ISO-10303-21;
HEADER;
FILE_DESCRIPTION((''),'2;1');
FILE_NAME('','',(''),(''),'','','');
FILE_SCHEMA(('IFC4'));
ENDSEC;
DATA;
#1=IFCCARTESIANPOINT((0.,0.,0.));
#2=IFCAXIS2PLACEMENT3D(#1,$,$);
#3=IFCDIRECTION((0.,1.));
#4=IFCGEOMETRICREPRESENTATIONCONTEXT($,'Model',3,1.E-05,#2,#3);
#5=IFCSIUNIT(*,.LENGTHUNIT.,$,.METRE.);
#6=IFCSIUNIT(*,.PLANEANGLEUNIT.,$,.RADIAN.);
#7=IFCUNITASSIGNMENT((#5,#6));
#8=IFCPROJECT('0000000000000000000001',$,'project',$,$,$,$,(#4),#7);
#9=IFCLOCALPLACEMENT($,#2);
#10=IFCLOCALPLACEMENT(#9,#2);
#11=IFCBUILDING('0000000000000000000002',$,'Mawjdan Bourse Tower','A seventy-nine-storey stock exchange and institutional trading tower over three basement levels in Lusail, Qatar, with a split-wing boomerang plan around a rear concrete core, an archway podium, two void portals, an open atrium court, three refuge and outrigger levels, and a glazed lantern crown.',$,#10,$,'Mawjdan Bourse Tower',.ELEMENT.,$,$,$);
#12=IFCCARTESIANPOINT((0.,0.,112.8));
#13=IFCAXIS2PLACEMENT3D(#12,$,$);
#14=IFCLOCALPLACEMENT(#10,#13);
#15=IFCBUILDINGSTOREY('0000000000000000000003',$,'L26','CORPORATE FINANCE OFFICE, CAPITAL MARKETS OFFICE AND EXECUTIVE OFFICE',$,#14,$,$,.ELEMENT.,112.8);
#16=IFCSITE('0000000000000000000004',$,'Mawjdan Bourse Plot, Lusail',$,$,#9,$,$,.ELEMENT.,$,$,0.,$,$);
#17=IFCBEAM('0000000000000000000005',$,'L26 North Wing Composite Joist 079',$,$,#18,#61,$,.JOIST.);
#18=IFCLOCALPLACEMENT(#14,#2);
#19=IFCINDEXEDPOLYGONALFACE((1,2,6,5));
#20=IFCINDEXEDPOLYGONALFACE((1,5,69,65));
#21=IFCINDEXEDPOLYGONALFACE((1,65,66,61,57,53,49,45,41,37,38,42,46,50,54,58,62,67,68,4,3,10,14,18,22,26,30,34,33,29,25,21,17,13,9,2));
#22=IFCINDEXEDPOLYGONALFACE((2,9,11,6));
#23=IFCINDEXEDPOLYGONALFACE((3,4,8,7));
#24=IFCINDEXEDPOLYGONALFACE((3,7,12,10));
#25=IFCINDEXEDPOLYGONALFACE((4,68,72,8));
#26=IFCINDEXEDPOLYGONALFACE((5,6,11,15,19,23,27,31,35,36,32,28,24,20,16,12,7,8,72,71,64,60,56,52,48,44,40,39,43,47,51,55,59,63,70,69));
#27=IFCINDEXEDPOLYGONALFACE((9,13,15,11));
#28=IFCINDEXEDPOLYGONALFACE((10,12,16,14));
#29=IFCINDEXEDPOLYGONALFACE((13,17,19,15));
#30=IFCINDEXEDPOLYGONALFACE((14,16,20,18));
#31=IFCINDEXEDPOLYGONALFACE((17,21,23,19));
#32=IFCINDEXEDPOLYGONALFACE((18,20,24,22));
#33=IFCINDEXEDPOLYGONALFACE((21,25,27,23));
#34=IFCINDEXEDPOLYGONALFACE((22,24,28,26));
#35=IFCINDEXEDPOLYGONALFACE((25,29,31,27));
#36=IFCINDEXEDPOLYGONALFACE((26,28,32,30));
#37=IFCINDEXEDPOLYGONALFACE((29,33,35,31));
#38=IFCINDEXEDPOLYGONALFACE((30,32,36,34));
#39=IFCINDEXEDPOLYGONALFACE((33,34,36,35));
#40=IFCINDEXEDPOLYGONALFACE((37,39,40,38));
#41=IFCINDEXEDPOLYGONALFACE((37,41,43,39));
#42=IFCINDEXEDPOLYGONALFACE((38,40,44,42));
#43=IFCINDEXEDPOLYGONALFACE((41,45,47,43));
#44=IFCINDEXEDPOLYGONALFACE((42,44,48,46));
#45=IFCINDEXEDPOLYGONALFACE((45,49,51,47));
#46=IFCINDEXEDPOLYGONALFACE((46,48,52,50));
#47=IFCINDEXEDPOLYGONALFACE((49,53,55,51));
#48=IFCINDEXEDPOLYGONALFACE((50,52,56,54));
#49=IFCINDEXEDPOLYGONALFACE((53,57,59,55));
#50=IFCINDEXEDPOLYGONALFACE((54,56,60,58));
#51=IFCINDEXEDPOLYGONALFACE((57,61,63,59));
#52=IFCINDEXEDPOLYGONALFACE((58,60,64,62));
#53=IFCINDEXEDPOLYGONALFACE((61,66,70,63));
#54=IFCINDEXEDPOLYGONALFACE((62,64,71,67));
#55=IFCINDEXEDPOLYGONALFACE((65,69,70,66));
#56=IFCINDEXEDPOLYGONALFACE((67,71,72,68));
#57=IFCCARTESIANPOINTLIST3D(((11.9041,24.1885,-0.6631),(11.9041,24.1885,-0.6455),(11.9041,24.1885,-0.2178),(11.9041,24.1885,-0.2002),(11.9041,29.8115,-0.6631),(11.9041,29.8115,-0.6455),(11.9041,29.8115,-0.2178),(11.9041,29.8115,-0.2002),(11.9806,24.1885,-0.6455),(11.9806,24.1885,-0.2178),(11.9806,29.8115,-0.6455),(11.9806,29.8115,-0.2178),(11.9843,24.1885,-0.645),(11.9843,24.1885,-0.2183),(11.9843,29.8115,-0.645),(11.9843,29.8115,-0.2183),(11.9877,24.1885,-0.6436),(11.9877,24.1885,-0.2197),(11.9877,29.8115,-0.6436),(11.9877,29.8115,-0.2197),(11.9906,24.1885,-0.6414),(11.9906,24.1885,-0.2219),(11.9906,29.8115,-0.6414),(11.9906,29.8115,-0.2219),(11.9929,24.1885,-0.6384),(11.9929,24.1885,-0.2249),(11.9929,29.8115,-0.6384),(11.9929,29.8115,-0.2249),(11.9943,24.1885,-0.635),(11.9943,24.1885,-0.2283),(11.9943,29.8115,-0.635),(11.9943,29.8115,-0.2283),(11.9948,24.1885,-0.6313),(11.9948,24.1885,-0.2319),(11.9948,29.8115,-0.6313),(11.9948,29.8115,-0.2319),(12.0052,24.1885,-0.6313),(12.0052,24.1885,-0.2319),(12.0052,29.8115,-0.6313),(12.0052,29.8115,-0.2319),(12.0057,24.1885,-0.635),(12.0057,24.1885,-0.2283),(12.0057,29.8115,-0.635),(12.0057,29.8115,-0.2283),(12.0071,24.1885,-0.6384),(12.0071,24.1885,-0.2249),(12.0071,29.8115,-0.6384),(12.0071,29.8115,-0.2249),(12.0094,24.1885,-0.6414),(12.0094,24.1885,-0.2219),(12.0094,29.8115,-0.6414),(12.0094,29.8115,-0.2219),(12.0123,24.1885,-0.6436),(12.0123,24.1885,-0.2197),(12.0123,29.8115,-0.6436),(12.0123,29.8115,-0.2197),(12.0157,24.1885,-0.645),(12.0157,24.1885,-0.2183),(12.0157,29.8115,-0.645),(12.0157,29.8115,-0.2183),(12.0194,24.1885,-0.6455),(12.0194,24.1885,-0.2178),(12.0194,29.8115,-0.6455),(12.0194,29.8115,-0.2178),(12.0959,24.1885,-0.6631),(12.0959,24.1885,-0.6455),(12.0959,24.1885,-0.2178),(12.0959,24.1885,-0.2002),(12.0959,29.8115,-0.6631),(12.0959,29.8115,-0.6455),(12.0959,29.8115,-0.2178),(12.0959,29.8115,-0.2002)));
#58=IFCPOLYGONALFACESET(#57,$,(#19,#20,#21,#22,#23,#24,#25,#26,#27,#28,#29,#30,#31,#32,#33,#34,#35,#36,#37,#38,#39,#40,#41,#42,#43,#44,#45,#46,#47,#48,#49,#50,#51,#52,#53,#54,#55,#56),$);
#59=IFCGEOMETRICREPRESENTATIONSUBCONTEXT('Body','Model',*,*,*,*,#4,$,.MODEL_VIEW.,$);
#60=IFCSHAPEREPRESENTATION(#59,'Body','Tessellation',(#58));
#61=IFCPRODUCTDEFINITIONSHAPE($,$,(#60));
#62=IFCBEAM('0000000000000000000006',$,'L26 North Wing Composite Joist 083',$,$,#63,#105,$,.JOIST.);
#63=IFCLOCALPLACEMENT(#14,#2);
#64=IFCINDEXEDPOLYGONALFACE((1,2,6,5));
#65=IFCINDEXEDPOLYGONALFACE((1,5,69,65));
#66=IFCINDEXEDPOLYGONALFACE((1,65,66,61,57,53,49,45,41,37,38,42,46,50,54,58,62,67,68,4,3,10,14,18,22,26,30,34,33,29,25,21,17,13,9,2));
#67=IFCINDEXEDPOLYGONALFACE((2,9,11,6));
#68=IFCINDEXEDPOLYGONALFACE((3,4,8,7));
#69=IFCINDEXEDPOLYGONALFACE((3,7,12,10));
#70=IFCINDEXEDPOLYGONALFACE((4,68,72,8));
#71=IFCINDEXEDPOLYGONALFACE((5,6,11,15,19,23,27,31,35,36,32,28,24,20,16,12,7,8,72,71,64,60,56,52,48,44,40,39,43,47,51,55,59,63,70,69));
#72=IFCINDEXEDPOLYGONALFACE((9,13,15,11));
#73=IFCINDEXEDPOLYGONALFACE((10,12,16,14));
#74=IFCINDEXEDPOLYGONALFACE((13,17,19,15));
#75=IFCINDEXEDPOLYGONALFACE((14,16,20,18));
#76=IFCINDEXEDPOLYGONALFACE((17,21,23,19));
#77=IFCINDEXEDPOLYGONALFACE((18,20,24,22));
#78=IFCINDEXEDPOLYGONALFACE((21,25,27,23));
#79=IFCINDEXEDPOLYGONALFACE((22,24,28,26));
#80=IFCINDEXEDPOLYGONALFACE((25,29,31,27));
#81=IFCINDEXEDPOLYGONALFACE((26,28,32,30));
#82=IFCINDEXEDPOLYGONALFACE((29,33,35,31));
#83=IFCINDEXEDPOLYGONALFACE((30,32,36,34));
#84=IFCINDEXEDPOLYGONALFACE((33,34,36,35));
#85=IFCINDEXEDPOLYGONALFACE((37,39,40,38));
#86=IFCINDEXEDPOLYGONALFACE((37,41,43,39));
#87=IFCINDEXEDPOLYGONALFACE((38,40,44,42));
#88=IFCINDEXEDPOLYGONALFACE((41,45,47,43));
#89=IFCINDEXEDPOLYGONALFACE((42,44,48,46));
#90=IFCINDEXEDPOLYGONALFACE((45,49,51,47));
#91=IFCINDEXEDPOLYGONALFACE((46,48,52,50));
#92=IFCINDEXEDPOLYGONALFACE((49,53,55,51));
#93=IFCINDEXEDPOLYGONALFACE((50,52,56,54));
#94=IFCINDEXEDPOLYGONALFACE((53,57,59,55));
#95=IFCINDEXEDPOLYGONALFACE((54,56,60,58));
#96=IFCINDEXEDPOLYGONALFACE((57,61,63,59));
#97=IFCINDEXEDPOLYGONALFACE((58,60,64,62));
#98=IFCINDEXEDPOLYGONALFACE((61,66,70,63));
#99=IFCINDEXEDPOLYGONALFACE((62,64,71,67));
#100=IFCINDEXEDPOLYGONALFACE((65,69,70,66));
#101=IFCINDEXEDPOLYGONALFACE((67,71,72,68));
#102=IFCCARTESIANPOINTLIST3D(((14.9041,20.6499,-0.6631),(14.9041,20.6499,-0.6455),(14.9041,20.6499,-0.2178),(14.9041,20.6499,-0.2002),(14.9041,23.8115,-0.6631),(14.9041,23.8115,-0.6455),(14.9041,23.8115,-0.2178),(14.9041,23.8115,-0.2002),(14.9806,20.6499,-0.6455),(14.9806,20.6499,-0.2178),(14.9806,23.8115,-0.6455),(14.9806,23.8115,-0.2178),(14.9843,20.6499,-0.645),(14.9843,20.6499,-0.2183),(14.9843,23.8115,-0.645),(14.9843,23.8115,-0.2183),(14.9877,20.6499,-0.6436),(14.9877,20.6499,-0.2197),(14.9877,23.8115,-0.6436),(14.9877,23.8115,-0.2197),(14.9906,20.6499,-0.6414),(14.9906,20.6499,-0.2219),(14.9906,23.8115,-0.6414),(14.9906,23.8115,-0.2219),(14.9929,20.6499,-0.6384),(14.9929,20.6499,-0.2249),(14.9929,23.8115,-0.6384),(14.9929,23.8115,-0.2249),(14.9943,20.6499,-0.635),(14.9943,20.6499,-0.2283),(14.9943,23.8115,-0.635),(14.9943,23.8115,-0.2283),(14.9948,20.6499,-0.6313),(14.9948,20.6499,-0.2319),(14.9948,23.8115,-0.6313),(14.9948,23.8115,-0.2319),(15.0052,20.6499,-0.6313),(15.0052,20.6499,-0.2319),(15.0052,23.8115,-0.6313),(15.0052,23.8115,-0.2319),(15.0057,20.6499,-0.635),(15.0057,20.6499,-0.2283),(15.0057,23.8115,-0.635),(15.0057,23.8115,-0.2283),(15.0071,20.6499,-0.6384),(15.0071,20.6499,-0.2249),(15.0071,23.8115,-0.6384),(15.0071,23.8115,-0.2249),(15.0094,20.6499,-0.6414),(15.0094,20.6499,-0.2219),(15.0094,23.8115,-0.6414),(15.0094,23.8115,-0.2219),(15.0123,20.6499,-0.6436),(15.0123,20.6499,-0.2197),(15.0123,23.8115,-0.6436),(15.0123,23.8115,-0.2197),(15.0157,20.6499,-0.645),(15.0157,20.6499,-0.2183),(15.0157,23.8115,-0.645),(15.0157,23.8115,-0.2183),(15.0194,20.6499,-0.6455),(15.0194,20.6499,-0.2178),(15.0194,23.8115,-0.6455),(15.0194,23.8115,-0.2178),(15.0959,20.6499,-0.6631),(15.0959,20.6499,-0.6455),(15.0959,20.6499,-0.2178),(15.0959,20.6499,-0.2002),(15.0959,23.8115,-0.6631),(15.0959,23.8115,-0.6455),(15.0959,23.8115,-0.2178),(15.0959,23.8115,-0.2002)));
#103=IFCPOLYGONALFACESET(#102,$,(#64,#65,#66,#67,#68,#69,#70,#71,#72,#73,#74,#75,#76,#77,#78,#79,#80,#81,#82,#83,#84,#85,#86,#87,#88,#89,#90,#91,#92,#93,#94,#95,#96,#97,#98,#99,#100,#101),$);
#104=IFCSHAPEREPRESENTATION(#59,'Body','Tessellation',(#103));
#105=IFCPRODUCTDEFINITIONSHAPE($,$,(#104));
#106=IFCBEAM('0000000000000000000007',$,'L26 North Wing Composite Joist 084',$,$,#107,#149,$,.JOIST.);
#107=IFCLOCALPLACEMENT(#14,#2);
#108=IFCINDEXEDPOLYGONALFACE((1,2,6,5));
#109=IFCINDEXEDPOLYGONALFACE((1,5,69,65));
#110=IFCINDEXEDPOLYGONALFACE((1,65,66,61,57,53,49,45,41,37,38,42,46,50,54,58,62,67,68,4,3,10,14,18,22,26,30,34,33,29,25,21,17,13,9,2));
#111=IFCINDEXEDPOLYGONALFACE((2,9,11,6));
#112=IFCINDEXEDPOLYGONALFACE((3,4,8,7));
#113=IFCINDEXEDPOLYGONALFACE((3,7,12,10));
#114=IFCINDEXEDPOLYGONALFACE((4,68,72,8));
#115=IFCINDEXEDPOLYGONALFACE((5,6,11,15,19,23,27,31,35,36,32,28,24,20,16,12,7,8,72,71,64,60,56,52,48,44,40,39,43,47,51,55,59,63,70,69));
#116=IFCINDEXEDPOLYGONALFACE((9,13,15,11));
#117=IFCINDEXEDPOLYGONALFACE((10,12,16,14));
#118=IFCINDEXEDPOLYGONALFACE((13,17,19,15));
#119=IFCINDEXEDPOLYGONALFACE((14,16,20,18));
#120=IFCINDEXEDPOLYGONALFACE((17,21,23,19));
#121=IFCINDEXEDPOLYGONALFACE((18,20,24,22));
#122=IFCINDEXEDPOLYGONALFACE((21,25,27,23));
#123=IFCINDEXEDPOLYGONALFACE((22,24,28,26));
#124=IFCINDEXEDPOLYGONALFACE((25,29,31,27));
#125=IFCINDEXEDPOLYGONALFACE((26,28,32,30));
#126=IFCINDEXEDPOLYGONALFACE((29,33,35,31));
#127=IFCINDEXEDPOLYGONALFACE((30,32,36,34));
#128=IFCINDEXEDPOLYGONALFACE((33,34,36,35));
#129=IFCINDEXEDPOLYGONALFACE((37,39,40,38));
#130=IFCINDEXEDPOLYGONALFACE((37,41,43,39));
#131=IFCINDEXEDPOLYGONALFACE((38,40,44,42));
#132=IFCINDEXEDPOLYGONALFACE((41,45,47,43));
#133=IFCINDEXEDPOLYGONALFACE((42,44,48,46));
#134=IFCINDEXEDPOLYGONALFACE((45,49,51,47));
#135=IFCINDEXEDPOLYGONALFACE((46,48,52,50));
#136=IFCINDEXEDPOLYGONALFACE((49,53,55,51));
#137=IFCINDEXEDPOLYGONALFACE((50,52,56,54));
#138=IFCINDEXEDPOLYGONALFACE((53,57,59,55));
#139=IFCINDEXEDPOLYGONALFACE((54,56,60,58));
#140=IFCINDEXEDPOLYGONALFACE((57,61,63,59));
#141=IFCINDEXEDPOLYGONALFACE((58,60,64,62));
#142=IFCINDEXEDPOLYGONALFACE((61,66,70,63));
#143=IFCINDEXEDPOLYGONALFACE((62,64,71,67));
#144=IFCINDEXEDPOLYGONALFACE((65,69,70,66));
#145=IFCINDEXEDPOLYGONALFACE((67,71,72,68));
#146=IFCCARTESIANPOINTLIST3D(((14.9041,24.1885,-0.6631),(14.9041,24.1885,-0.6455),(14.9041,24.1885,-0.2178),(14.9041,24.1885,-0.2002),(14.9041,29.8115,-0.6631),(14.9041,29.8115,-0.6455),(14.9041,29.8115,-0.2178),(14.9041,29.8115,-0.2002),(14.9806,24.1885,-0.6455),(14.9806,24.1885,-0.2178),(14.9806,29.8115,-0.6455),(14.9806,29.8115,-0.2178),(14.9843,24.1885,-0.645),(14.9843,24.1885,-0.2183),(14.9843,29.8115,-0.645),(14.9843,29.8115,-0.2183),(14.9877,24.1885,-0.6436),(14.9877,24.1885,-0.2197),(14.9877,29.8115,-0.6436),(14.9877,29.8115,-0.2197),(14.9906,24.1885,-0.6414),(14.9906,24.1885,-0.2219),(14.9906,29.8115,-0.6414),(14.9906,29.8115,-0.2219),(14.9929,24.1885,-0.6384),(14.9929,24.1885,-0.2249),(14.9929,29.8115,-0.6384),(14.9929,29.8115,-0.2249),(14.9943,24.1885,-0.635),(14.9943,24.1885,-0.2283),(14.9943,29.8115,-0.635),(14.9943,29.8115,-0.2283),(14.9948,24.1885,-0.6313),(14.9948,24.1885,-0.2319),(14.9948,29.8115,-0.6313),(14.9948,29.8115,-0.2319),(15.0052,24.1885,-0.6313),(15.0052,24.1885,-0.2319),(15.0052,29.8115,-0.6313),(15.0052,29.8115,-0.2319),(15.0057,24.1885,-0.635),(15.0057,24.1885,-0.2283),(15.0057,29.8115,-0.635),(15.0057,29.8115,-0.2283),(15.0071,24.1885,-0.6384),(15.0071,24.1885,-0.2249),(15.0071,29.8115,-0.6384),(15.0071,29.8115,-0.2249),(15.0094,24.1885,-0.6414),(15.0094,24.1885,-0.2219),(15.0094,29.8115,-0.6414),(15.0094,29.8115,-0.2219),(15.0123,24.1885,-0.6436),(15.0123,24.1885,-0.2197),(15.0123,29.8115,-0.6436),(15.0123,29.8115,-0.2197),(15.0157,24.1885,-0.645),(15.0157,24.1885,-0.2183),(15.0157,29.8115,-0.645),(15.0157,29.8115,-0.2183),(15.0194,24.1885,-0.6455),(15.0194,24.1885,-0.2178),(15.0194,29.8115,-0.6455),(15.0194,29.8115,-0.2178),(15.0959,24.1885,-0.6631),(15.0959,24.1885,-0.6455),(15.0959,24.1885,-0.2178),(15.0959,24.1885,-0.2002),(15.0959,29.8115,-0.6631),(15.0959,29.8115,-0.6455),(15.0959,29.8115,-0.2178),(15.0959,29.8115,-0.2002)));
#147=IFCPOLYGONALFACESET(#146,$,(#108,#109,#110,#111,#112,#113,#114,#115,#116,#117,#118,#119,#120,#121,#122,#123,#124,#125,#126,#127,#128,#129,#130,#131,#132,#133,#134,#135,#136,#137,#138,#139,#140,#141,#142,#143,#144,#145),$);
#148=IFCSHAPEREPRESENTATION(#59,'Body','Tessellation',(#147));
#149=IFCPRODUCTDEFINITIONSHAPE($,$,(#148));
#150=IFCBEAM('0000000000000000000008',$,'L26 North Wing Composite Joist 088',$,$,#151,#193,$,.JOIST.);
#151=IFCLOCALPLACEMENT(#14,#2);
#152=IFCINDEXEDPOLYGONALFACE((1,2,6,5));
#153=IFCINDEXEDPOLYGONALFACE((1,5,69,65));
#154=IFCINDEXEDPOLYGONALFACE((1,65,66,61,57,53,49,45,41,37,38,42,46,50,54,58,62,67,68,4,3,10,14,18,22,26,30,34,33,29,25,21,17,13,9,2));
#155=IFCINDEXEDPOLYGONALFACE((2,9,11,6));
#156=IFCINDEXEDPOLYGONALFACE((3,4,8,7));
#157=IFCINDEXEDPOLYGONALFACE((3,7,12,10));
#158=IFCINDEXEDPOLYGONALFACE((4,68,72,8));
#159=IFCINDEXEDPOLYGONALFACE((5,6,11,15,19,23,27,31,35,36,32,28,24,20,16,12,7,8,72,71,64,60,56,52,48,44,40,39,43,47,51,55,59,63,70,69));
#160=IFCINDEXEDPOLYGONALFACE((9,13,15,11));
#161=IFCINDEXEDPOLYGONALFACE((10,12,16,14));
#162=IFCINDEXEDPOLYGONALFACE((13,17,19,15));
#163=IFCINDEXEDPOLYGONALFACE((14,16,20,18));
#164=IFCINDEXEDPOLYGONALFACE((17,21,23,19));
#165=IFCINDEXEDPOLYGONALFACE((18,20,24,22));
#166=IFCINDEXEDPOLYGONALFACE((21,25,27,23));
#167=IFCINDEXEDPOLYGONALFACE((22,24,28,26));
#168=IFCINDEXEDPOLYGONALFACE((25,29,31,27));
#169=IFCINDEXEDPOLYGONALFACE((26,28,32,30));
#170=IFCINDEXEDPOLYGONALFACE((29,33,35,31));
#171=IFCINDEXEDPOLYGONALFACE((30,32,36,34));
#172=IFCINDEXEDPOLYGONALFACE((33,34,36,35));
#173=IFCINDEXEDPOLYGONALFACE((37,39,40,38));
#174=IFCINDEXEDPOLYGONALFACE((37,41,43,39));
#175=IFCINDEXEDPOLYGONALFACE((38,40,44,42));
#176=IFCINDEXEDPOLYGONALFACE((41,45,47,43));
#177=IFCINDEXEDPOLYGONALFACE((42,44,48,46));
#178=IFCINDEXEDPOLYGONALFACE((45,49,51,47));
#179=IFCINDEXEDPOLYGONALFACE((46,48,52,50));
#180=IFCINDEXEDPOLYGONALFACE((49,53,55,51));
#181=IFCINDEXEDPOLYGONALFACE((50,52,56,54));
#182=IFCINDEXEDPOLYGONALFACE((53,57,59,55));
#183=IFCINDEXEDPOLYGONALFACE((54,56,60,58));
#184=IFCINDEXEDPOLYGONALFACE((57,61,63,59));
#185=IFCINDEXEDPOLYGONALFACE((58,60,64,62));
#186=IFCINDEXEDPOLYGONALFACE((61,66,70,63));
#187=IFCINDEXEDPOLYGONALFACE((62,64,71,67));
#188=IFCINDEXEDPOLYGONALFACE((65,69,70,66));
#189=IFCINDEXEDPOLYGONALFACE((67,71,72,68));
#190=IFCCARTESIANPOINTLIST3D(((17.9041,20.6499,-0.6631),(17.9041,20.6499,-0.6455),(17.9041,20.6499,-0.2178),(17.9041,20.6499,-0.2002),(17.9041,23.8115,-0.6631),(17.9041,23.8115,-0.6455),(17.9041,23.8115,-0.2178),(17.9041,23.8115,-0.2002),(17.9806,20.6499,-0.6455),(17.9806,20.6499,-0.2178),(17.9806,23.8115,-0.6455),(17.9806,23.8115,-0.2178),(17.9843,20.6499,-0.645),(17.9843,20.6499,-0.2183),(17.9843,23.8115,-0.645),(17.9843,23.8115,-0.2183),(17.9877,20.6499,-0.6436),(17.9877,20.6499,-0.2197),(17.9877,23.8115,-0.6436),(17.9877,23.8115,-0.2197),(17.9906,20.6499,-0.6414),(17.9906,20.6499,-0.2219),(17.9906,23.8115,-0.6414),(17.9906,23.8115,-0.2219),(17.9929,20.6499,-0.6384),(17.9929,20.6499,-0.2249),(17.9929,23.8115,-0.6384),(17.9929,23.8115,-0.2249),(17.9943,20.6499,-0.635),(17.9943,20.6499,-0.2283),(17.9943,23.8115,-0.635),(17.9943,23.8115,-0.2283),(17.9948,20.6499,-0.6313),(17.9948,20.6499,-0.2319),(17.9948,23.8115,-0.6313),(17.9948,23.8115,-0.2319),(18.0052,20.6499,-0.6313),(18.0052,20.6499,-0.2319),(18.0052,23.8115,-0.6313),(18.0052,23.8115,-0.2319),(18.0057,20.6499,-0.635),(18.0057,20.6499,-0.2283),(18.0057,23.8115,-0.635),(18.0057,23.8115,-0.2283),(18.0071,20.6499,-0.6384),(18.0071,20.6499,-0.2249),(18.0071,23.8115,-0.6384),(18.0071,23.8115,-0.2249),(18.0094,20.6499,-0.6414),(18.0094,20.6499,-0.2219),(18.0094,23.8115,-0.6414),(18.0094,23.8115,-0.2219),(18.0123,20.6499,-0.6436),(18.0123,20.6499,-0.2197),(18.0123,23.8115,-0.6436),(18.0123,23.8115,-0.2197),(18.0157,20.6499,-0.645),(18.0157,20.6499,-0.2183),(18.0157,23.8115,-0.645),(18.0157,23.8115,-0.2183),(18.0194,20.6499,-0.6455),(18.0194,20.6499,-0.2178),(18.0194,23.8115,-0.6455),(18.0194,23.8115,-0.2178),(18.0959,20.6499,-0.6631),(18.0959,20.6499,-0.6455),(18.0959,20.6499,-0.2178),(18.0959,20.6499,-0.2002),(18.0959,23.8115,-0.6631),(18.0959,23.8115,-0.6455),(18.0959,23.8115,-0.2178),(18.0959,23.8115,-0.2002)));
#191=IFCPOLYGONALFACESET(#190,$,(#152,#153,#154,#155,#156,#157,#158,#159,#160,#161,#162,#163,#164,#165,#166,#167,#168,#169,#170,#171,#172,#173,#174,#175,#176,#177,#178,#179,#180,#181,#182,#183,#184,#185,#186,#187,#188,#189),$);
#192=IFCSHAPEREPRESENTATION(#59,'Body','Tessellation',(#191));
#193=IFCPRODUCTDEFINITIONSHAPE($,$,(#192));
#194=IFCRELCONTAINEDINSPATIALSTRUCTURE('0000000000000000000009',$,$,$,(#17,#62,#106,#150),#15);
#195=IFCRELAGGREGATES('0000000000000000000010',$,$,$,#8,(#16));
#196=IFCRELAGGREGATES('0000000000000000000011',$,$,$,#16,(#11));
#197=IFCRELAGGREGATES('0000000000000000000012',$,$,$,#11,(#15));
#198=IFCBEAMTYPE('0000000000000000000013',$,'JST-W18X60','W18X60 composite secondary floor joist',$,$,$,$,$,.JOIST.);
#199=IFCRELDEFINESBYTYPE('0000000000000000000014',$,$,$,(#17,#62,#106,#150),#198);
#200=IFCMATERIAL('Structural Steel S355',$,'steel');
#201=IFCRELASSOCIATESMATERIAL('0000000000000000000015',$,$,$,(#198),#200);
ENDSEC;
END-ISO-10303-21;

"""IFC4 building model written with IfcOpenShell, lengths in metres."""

from ifc_helpers import new_model, si_unit, direction, frame, origin, origin_2d, place, context, subcontext, project, spatial, i_section, extrude, material, material_profile, profile_set, type_object, element, save


model = new_model("IFC4")

# Units and contexts
model_context = context("Model", 3, precision=1e-05, world=origin(), true_north=direction((0.0, 1.0)))
body_context = subcontext(model_context, "Body", "Model", "MODEL_VIEW")
ifc_project = project(units=[si_unit("LENGTHUNIT", "METRE"), si_unit("PLANEANGLEUNIT", "RADIAN")], contexts=[model_context])

# Site, building, storey
site_placement = place(None, origin())
site = spatial("IfcSite", under=ifc_project, at=site_placement, Name="Mawjdan Bourse Plot, Lusail", CompositionType="ELEMENT", RefElevation=0.0)
building_placement = place(site_placement, origin())
building = spatial("IfcBuilding", under=site, at=building_placement, Name="Mawjdan Bourse Tower", Description="A seventy-nine-storey stock exchange and institutional trading tower over three basement levels in Lusail, Qatar, with a split-wing boomerang plan around a rear concrete core, an archway podium, two void portals, an open atrium court, three refuge and outrigger levels, and a glazed lantern crown.", LongName="Mawjdan Bourse Tower", CompositionType="ELEMENT")
storey_placement = place(building_placement, frame((0.0, 0.0, 112.8)))
storey = spatial("IfcBuildingStorey", under=building, at=storey_placement, Name="L26", Description="CORPORATE FINANCE OFFICE, CAPITAL MARKETS OFFICE AND EXECUTIVE OFFICE", CompositionType="ELEMENT", Elevation=112.8)

# Beams
ifc_material_1 = material(Name="Structural Steel S355", Category="steel")
ifc_material_profile_1 = material_profile(ifc_material_1, i_section(OverallWidth=0.1919, OverallDepth=0.4629, WebThickness=0.0105, FlangeThickness=0.0176, FilletRadius=0.0142, at=origin_2d()), Name="W18X60")
ifc_profile_set_1 = profile_set([ifc_material_profile_1], Name="Structural Steel S355")
beam_type_1 = type_object("IfcBeamType", Name="JST-W18X60", Description="W18X60 composite secondary floor joist", PredefinedType="JOIST", material=ifc_profile_set_1)
beam_1_placement = place(storey_placement, frame((12.0, 24.1885, -0.4316), z_axis=(0.0, 1.0, 0.0), x_axis=(-1.0, 0.0, 0.0)))
element("IfcBeam", 1, at=beam_1_placement, inside=storey, type_object=beam_type_1, Name="L26 North Wing Composite Joist 079", PredefinedType="JOIST", context=body_context, shape_type="SweptSolid", body=[
    extrude(i_section(OverallWidth=0.1919, OverallDepth=0.4629, WebThickness=0.0105, FlangeThickness=0.0176, FilletRadius=0.0142, at=origin_2d()), origin(), (0.0, 0.0, 1.0), 5.623),
])
beam_2_placement = place(storey_placement, frame((15.0, 20.6499, -0.4316), z_axis=(0.0, 1.0, 0.0), x_axis=(-1.0, 0.0, 0.0)))
element("IfcBeam", 2, at=beam_2_placement, inside=storey, type_object=beam_type_1, Name="L26 North Wing Composite Joist 083", PredefinedType="JOIST", context=body_context, shape_type="SweptSolid", body=[
    extrude(i_section(OverallWidth=0.1919, OverallDepth=0.4629, WebThickness=0.0105, FlangeThickness=0.0176, FilletRadius=0.0142, at=origin_2d()), origin(), (0.0, 0.0, 1.0), 3.1616),
])
beam_3_placement = place(storey_placement, frame((15.0, 24.1885, -0.4316), z_axis=(0.0, 1.0, 0.0), x_axis=(-1.0, 0.0, 0.0)))
element("IfcBeam", 3, at=beam_3_placement, inside=storey, type_object=beam_type_1, Name="L26 North Wing Composite Joist 084", PredefinedType="JOIST", context=body_context, shape_type="SweptSolid", body=[
    extrude(i_section(OverallWidth=0.1919, OverallDepth=0.4629, WebThickness=0.0105, FlangeThickness=0.0176, FilletRadius=0.0142, at=origin_2d()), origin(), (0.0, 0.0, 1.0), 5.623),
])
beam_4_placement = place(storey_placement, frame((18.0, 20.6499, -0.4316), z_axis=(0.0, 1.0, 0.0), x_axis=(-1.0, 0.0, 0.0)))
element("IfcBeam", 4, at=beam_4_placement, inside=storey, type_object=beam_type_1, Name="L26 North Wing Composite Joist 088", PredefinedType="JOIST", context=body_context, shape_type="SweptSolid", body=[
    extrude(i_section(OverallWidth=0.1919, OverallDepth=0.4629, WebThickness=0.0105, FlangeThickness=0.0176, FilletRadius=0.0142, at=origin_2d()), origin(), (0.0, 0.0, 1.0), 3.1616),
])

save(model, "model.ifc")
